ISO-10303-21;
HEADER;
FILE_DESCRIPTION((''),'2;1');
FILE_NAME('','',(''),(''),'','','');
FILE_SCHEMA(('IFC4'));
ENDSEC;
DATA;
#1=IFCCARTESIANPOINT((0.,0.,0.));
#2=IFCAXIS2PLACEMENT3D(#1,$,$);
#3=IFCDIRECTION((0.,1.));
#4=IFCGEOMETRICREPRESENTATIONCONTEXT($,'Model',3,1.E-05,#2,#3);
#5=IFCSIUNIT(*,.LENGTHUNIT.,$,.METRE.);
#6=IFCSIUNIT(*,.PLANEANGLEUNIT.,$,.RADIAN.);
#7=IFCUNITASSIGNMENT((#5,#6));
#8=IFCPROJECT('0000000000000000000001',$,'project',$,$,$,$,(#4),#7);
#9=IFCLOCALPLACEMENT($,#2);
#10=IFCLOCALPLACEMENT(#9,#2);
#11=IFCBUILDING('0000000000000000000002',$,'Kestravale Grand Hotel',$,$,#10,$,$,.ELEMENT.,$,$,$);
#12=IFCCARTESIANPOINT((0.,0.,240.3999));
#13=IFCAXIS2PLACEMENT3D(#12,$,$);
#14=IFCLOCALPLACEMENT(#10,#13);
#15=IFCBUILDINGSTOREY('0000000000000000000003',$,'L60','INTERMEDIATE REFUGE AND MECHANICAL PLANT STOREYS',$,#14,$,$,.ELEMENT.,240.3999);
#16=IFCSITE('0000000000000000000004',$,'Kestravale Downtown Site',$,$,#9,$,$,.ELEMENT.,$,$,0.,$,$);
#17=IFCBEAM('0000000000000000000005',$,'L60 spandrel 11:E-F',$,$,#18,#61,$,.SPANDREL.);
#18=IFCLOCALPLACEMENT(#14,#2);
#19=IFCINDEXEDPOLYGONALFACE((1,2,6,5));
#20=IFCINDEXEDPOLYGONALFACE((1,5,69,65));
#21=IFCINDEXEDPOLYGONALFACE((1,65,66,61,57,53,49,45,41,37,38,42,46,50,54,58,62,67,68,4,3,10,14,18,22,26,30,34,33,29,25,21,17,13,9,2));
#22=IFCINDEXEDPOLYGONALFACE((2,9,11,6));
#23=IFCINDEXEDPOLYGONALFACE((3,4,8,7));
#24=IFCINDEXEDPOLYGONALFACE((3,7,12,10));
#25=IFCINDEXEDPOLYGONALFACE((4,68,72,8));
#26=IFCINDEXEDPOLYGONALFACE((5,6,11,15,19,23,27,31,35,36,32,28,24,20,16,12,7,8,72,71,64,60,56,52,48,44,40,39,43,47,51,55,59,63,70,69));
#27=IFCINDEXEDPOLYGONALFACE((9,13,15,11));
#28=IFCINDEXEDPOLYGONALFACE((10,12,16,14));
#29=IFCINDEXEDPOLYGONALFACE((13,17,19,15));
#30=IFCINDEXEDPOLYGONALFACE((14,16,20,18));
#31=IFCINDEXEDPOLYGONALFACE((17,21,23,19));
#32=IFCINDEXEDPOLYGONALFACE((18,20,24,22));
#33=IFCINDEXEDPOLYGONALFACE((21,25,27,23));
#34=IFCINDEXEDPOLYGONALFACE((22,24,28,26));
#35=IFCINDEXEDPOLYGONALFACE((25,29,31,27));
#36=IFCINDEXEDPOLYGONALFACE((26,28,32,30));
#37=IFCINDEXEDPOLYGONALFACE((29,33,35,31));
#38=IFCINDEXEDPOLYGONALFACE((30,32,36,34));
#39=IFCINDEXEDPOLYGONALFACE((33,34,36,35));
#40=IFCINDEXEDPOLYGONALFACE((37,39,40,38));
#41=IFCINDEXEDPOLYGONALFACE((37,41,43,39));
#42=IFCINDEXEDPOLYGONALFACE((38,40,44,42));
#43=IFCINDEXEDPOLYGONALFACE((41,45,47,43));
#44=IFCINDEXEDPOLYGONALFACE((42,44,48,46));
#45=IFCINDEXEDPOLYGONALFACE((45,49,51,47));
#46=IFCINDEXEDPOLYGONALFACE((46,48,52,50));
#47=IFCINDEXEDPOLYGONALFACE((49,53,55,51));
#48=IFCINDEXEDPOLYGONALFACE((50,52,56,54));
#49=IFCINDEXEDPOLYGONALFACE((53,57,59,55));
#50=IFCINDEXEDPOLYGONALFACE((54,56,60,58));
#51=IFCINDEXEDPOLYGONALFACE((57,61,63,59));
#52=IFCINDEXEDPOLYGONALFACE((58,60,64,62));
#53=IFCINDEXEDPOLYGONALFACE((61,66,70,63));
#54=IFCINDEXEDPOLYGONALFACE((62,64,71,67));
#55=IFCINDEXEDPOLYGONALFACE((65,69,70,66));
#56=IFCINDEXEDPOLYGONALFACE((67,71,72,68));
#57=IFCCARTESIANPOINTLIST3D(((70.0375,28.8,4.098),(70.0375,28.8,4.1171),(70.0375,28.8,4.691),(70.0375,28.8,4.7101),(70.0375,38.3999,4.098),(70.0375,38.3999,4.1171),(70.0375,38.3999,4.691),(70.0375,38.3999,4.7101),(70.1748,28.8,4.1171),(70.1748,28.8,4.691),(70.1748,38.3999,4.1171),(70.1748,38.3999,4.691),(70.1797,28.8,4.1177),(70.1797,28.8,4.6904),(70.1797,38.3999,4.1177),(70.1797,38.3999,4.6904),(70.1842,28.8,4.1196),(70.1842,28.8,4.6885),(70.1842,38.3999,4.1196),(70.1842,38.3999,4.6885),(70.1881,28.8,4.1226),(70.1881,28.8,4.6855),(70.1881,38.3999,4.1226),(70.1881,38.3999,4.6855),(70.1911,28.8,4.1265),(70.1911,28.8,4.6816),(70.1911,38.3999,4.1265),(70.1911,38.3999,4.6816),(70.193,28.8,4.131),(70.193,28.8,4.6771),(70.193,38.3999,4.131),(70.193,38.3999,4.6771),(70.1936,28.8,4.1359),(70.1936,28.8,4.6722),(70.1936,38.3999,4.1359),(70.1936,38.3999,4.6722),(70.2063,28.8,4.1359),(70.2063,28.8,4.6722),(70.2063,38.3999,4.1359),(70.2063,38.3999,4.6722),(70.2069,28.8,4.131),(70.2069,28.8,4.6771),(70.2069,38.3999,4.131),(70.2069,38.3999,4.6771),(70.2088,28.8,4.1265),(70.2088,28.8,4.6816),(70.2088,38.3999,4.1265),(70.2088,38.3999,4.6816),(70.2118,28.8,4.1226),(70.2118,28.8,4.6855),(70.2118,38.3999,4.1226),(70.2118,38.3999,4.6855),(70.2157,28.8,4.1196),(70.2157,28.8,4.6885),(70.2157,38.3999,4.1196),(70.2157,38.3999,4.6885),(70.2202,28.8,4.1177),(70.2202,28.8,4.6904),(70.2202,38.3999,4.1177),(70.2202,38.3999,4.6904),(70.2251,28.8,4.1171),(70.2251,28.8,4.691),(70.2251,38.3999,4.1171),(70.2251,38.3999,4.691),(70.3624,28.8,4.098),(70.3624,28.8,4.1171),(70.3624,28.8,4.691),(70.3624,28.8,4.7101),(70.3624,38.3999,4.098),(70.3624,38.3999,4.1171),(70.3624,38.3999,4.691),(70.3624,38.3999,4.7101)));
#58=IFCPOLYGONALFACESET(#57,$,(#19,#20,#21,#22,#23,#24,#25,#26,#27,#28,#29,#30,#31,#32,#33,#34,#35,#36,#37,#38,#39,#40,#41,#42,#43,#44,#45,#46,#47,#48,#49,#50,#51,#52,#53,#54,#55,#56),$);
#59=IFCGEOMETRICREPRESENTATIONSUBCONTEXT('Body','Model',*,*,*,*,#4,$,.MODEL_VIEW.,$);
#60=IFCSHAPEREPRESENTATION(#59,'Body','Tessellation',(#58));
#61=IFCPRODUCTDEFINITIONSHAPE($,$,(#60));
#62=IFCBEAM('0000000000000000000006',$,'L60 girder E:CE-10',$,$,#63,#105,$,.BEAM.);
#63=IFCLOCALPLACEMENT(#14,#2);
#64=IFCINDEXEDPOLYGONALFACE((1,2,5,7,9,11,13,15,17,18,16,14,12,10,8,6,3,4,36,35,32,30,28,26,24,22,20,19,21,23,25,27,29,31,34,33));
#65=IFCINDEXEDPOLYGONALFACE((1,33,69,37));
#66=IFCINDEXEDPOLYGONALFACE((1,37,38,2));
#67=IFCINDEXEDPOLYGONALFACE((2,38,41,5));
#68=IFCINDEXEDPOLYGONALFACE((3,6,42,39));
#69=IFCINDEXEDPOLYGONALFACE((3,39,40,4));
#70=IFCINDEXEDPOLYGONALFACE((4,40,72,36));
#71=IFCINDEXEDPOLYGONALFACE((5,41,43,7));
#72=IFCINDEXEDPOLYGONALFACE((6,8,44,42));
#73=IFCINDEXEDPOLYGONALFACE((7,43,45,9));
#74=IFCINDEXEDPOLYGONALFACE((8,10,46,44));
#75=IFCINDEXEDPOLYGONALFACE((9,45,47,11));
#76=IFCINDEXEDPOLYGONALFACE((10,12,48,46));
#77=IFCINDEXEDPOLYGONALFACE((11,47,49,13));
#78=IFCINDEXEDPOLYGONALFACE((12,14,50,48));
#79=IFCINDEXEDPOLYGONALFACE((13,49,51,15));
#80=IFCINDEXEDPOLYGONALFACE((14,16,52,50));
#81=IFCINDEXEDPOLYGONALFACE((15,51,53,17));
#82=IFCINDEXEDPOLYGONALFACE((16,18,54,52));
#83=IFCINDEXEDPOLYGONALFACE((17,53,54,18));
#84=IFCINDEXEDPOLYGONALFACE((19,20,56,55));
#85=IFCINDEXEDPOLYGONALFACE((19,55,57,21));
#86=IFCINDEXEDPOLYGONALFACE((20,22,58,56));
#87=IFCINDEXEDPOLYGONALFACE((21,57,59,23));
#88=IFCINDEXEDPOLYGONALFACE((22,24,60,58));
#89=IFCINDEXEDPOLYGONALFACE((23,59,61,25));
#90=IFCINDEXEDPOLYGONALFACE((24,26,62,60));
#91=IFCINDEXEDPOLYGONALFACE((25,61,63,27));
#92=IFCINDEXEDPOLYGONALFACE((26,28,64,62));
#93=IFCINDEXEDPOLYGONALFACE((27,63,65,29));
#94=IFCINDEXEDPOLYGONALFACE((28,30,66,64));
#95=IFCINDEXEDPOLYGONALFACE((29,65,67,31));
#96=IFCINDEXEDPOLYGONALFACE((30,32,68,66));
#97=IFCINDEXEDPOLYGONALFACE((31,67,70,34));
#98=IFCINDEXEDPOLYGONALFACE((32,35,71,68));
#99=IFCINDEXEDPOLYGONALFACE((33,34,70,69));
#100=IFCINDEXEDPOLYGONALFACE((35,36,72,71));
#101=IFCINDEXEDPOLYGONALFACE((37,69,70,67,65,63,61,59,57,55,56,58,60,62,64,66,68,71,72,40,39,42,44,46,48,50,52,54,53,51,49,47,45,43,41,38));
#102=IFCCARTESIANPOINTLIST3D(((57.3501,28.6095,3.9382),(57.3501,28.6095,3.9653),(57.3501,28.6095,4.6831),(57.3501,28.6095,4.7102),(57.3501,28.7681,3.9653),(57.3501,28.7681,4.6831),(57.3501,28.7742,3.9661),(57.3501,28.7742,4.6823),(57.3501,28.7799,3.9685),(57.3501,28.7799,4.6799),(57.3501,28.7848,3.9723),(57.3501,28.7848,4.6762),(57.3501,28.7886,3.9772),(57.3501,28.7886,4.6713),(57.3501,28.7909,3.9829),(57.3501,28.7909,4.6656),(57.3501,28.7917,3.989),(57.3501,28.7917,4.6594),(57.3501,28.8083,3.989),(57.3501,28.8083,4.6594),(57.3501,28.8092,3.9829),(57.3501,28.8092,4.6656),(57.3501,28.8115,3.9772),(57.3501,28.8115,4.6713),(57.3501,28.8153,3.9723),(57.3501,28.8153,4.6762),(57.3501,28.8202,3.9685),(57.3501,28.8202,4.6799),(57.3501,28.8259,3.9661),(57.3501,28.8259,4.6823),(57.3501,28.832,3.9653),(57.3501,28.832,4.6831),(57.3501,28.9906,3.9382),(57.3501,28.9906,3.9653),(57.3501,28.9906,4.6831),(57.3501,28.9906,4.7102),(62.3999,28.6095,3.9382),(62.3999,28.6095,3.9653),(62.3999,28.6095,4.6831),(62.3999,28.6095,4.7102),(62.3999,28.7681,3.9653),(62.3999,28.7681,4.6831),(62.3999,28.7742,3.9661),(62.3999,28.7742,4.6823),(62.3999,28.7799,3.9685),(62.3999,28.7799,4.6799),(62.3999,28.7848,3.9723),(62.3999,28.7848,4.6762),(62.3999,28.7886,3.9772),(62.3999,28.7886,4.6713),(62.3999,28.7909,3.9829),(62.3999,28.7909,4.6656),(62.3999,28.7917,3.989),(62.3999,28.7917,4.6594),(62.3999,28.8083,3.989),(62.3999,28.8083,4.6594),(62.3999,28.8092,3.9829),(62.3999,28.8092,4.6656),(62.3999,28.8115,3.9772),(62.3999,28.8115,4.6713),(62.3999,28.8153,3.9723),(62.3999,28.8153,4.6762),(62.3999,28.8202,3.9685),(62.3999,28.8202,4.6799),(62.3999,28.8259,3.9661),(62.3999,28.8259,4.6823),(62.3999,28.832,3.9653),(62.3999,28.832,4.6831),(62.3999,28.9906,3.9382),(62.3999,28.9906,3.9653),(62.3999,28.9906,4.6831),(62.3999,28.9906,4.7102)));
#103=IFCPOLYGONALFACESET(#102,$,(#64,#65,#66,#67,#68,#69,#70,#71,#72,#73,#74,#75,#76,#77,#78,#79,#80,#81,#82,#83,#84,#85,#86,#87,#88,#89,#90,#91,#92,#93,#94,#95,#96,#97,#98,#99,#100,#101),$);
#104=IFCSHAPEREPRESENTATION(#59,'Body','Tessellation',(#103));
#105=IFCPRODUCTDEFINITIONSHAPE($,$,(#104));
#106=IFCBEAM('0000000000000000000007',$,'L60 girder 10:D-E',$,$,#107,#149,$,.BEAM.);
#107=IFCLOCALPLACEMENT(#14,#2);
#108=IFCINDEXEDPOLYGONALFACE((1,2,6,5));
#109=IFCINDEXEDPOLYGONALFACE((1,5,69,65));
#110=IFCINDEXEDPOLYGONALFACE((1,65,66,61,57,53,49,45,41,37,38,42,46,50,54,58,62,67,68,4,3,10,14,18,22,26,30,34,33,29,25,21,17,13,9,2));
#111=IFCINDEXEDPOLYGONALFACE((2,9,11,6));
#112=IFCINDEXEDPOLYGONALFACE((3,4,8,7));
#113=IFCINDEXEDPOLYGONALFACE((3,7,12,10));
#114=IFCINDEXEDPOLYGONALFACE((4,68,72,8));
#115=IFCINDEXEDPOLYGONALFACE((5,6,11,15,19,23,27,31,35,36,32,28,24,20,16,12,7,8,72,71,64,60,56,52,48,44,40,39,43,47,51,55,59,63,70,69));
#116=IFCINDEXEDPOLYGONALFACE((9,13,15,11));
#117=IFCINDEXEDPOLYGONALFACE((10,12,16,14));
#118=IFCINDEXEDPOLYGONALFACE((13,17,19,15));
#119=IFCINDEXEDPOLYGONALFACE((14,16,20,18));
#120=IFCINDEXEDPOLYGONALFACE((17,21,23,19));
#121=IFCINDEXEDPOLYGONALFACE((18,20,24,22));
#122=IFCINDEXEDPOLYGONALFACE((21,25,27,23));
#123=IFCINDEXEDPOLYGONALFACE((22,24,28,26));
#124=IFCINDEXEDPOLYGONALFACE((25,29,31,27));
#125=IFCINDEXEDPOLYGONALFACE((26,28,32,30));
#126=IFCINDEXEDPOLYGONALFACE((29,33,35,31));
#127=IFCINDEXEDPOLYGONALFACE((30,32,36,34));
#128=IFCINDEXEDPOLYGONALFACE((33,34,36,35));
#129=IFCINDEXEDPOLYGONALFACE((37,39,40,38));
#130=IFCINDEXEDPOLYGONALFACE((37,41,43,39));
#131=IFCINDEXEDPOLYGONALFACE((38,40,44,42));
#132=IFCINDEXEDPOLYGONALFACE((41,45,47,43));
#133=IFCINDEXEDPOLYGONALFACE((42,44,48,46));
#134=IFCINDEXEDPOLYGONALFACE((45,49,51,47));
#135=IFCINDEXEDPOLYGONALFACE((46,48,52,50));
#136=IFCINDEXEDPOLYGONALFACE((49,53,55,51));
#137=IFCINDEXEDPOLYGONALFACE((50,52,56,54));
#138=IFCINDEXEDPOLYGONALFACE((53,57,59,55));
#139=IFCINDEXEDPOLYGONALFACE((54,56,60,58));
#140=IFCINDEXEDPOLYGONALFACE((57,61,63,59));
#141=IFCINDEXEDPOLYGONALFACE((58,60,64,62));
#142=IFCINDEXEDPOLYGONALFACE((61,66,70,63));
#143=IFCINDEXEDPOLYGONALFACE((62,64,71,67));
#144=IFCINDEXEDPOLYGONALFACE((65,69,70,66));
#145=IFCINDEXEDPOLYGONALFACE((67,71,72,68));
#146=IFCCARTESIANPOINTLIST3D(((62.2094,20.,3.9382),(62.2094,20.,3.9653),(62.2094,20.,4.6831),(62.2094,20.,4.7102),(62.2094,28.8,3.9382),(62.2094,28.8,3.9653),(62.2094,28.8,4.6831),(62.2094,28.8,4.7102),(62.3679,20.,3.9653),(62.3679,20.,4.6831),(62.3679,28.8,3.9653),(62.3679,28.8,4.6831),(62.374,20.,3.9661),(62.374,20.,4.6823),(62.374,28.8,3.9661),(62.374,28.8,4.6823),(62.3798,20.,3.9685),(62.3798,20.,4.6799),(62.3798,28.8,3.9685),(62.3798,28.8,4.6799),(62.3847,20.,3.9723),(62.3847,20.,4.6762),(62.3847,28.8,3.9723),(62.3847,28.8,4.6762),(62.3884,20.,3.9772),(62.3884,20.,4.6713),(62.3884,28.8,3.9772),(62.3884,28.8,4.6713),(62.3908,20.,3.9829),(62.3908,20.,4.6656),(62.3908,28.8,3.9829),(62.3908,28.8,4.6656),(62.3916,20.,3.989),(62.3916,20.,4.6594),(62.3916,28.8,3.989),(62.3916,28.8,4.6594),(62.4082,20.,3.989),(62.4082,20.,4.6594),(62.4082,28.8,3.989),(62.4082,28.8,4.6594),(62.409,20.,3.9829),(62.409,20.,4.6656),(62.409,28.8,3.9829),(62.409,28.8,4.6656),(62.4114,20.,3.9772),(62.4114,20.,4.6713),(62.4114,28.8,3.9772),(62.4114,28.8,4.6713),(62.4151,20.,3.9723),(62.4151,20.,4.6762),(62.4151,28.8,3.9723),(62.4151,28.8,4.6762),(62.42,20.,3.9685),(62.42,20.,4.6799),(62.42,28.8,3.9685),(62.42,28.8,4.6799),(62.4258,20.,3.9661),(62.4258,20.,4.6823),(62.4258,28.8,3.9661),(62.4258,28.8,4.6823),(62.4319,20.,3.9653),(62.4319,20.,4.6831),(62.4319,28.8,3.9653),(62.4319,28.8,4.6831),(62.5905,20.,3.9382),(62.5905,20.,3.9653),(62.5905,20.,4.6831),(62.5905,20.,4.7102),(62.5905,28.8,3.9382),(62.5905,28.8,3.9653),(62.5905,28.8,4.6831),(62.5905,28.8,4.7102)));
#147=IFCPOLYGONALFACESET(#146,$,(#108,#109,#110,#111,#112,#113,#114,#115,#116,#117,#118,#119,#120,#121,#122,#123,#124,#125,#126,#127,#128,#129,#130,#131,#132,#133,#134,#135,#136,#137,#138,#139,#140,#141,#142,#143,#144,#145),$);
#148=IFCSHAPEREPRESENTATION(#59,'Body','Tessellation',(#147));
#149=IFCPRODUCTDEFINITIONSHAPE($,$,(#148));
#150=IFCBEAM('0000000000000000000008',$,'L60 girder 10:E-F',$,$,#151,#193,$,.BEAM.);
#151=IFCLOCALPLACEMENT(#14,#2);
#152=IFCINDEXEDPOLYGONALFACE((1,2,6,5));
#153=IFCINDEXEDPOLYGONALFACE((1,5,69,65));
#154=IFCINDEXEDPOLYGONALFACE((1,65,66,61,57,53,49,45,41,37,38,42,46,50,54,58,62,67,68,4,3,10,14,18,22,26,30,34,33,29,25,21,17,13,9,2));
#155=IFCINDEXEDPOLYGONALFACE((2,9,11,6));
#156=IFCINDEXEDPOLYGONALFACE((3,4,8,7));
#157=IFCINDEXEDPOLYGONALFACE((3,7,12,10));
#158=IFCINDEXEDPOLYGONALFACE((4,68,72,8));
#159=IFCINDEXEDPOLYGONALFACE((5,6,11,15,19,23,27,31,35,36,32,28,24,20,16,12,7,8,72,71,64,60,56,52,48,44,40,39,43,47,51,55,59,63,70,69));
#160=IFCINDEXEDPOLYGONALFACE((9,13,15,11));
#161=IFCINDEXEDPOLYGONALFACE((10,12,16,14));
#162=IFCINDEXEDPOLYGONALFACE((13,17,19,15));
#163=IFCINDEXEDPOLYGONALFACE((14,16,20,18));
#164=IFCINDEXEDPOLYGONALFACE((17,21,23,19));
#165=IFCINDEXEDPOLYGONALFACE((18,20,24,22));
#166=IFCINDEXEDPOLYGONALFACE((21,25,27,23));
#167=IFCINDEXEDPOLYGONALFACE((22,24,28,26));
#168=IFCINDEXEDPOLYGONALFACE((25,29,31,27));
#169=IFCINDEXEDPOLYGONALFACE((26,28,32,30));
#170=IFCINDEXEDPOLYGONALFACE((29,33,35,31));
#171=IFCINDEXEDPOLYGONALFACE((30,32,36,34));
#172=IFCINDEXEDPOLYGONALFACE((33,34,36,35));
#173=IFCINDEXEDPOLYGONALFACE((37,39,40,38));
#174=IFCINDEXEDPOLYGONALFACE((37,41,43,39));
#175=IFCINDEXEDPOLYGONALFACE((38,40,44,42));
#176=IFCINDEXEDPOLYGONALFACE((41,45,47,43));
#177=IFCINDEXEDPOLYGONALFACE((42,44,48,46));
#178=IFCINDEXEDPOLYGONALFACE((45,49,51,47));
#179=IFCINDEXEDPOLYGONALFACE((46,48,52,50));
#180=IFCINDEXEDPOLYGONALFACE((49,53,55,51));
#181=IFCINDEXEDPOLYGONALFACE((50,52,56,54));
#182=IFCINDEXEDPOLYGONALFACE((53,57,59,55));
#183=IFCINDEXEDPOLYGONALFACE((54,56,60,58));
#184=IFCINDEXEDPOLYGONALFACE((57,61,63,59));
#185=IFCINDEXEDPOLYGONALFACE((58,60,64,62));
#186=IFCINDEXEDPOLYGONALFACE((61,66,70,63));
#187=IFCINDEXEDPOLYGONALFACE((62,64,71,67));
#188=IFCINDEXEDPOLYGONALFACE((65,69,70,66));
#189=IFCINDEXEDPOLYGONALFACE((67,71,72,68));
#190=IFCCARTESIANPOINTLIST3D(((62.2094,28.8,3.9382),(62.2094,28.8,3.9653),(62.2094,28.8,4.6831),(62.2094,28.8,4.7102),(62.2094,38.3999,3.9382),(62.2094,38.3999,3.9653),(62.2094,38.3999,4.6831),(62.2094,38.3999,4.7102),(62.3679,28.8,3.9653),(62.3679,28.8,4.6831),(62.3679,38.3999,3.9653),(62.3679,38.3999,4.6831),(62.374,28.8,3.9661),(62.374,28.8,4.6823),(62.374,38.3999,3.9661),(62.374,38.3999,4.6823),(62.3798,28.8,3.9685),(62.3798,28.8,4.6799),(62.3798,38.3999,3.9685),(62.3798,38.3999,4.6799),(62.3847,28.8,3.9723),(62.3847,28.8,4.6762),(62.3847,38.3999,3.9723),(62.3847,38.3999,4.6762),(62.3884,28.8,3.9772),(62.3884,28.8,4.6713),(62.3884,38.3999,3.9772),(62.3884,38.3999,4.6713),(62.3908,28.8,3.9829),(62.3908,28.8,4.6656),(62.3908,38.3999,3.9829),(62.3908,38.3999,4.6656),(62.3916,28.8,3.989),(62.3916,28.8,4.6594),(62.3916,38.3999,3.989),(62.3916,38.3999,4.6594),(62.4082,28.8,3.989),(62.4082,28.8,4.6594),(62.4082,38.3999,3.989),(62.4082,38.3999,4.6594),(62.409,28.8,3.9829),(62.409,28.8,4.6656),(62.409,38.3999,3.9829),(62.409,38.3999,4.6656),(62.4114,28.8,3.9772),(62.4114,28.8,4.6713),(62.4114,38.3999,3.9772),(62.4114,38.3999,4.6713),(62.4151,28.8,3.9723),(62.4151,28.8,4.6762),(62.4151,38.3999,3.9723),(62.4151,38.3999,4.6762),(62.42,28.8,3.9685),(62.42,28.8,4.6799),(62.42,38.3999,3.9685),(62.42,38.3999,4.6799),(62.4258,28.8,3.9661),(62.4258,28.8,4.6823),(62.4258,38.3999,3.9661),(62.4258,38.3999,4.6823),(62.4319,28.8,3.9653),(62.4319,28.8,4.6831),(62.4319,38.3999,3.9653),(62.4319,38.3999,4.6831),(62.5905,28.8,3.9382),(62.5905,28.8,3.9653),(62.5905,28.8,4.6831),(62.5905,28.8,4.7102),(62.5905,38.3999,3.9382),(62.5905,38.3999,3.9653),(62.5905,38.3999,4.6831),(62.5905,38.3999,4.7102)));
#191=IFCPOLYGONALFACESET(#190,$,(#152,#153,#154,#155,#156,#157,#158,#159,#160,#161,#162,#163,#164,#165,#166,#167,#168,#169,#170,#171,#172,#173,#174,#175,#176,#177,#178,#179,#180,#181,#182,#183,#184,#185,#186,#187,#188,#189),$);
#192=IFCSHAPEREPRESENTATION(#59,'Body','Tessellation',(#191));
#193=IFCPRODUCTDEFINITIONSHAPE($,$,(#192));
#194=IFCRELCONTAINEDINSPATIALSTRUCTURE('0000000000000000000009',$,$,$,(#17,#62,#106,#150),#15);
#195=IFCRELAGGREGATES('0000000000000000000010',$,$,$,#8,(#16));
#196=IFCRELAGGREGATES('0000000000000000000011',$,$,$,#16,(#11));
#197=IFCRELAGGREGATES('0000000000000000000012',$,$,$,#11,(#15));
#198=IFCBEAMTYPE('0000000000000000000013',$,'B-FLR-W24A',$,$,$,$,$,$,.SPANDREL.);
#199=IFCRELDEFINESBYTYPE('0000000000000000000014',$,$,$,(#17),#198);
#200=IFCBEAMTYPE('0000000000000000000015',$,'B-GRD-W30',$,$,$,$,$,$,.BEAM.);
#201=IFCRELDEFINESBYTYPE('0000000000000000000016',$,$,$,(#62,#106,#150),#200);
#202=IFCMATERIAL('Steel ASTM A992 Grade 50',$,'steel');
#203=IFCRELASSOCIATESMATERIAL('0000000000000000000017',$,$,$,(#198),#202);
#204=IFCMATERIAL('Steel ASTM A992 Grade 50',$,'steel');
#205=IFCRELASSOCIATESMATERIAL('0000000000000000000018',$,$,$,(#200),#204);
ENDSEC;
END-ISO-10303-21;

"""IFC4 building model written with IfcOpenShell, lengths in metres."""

from ifc_helpers import new_model, si_unit, direction, frame, origin, origin_2d, place, context, subcontext, project, spatial, i_section, extrude, material, material_profile, profile_set, type_object, element, save


model = new_model("IFC4")

# Units and contexts
model_context = context("Model", 3, precision=1e-05, world=origin(), true_north=direction((0.0, 1.0)))
body_context = subcontext(model_context, "Body", "Model", "MODEL_VIEW")
ifc_project = project(units=[si_unit("LENGTHUNIT", "METRE"), si_unit("PLANEANGLEUNIT", "RADIAN")], contexts=[model_context])

# Site, building, storey
site_placement = place(None, origin())
site = spatial("IfcSite", under=ifc_project, at=site_placement, Name="Kestravale Downtown Site", CompositionType="ELEMENT", RefElevation=0.0)
building_placement = place(site_placement, origin())
building = spatial("IfcBuilding", under=site, at=building_placement, Name="Kestravale Grand Hotel", CompositionType="ELEMENT")
storey_placement = place(building_placement, frame((0.0, 0.0, 240.3999)))
storey = spatial("IfcBuildingStorey", under=building, at=storey_placement, Name="L60", Description="INTERMEDIATE REFUGE AND MECHANICAL PLANT STOREYS", CompositionType="ELEMENT", Elevation=240.3999)

# Beams
ifc_material_1 = material(Name="Steel ASTM A992 Grade 50", Category="steel")
ifc_material_profile_1 = material_profile(ifc_material_1, i_section(OverallWidth=0.325, OverallDepth=0.6121, WebThickness=0.0127, FlangeThickness=0.019, FilletRadius=0.0188, at=origin_2d()))
ifc_profile_set_1 = profile_set([ifc_material_profile_1], Name="Steel ASTM A992 Grade 50")
beam_type_1 = type_object("IfcBeamType", Name="B-FLR-W24A", PredefinedType="SPANDREL", material=ifc_profile_set_1)
beam_1_placement = place(storey_placement, frame((70.2, 28.8, 4.4041), z_axis=(0.0, 1.0, 0.0), x_axis=(-1.0, 0.0, 0.0)))
element("IfcBeam", 1, at=beam_1_placement, inside=storey, type_object=beam_type_1, Name="L60 spandrel 11:E-F", PredefinedType="SPANDREL", context=body_context, shape_type="SweptSolid", body=[
    extrude(i_section(OverallWidth=0.325, OverallDepth=0.6121, WebThickness=0.0127, FlangeThickness=0.019, FilletRadius=0.0188, at=origin_2d()), origin(), (0.0, 0.0, 1.0), 9.5999),
])
ifc_material_2 = material(Name="Steel ASTM A992 Grade 50", Category="steel")
ifc_material_profile_2 = material_profile(ifc_material_2, i_section(OverallWidth=0.3811, OverallDepth=0.772, WebThickness=0.0166, FlangeThickness=0.0271, FilletRadius=0.0237, at=origin_2d()))
ifc_profile_set_2 = profile_set([ifc_material_profile_2], Name="Steel ASTM A992 Grade 50")
beam_type_2 = type_object("IfcBeamType", Name="B-GRD-W30", PredefinedType="BEAM", material=ifc_profile_set_2)
beam_2_placement = place(storey_placement, frame((57.3501, 28.8, 4.3242), z_axis=(1.0, 0.0, 0.0), x_axis=(0.0, 1.0, 0.0)))
element("IfcBeam", 2, at=beam_2_placement, inside=storey, type_object=beam_type_2, Name="L60 girder E:CE-10", PredefinedType="BEAM", context=body_context, shape_type="SweptSolid", body=[
    extrude(i_section(OverallWidth=0.3811, OverallDepth=0.772, WebThickness=0.0166, FlangeThickness=0.0271, FilletRadius=0.0237, at=origin_2d()), origin(), (0.0, 0.0, 1.0), 5.0498),
])
beam_3_placement = place(storey_placement, frame((62.3999, 20.0, 4.3242), z_axis=(0.0, 1.0, 0.0), x_axis=(-1.0, 0.0, 0.0)))
element("IfcBeam", 3, at=beam_3_placement, inside=storey, type_object=beam_type_2, Name="L60 girder 10:D-E", PredefinedType="BEAM", context=body_context, shape_type="SweptSolid", body=[
    extrude(i_section(OverallWidth=0.3811, OverallDepth=0.772, WebThickness=0.0166, FlangeThickness=0.0271, FilletRadius=0.0237, at=origin_2d()), origin(), (0.0, 0.0, 1.0), 8.8),
])
beam_4_placement = place(storey_placement, frame((62.3999, 28.8, 4.3242), z_axis=(0.0, 1.0, 0.0), x_axis=(-1.0, 0.0, 0.0)))
element("IfcBeam", 4, at=beam_4_placement, inside=storey, type_object=beam_type_2, Name="L60 girder 10:E-F", PredefinedType="BEAM", context=body_context, shape_type="SweptSolid", body=[
    extrude(i_section(OverallWidth=0.3811, OverallDepth=0.772, WebThickness=0.0166, FlangeThickness=0.0271, FilletRadius=0.0237, at=origin_2d()), origin(), (0.0, 0.0, 1.0), 9.5999),
])

save(model, "model.ifc")
